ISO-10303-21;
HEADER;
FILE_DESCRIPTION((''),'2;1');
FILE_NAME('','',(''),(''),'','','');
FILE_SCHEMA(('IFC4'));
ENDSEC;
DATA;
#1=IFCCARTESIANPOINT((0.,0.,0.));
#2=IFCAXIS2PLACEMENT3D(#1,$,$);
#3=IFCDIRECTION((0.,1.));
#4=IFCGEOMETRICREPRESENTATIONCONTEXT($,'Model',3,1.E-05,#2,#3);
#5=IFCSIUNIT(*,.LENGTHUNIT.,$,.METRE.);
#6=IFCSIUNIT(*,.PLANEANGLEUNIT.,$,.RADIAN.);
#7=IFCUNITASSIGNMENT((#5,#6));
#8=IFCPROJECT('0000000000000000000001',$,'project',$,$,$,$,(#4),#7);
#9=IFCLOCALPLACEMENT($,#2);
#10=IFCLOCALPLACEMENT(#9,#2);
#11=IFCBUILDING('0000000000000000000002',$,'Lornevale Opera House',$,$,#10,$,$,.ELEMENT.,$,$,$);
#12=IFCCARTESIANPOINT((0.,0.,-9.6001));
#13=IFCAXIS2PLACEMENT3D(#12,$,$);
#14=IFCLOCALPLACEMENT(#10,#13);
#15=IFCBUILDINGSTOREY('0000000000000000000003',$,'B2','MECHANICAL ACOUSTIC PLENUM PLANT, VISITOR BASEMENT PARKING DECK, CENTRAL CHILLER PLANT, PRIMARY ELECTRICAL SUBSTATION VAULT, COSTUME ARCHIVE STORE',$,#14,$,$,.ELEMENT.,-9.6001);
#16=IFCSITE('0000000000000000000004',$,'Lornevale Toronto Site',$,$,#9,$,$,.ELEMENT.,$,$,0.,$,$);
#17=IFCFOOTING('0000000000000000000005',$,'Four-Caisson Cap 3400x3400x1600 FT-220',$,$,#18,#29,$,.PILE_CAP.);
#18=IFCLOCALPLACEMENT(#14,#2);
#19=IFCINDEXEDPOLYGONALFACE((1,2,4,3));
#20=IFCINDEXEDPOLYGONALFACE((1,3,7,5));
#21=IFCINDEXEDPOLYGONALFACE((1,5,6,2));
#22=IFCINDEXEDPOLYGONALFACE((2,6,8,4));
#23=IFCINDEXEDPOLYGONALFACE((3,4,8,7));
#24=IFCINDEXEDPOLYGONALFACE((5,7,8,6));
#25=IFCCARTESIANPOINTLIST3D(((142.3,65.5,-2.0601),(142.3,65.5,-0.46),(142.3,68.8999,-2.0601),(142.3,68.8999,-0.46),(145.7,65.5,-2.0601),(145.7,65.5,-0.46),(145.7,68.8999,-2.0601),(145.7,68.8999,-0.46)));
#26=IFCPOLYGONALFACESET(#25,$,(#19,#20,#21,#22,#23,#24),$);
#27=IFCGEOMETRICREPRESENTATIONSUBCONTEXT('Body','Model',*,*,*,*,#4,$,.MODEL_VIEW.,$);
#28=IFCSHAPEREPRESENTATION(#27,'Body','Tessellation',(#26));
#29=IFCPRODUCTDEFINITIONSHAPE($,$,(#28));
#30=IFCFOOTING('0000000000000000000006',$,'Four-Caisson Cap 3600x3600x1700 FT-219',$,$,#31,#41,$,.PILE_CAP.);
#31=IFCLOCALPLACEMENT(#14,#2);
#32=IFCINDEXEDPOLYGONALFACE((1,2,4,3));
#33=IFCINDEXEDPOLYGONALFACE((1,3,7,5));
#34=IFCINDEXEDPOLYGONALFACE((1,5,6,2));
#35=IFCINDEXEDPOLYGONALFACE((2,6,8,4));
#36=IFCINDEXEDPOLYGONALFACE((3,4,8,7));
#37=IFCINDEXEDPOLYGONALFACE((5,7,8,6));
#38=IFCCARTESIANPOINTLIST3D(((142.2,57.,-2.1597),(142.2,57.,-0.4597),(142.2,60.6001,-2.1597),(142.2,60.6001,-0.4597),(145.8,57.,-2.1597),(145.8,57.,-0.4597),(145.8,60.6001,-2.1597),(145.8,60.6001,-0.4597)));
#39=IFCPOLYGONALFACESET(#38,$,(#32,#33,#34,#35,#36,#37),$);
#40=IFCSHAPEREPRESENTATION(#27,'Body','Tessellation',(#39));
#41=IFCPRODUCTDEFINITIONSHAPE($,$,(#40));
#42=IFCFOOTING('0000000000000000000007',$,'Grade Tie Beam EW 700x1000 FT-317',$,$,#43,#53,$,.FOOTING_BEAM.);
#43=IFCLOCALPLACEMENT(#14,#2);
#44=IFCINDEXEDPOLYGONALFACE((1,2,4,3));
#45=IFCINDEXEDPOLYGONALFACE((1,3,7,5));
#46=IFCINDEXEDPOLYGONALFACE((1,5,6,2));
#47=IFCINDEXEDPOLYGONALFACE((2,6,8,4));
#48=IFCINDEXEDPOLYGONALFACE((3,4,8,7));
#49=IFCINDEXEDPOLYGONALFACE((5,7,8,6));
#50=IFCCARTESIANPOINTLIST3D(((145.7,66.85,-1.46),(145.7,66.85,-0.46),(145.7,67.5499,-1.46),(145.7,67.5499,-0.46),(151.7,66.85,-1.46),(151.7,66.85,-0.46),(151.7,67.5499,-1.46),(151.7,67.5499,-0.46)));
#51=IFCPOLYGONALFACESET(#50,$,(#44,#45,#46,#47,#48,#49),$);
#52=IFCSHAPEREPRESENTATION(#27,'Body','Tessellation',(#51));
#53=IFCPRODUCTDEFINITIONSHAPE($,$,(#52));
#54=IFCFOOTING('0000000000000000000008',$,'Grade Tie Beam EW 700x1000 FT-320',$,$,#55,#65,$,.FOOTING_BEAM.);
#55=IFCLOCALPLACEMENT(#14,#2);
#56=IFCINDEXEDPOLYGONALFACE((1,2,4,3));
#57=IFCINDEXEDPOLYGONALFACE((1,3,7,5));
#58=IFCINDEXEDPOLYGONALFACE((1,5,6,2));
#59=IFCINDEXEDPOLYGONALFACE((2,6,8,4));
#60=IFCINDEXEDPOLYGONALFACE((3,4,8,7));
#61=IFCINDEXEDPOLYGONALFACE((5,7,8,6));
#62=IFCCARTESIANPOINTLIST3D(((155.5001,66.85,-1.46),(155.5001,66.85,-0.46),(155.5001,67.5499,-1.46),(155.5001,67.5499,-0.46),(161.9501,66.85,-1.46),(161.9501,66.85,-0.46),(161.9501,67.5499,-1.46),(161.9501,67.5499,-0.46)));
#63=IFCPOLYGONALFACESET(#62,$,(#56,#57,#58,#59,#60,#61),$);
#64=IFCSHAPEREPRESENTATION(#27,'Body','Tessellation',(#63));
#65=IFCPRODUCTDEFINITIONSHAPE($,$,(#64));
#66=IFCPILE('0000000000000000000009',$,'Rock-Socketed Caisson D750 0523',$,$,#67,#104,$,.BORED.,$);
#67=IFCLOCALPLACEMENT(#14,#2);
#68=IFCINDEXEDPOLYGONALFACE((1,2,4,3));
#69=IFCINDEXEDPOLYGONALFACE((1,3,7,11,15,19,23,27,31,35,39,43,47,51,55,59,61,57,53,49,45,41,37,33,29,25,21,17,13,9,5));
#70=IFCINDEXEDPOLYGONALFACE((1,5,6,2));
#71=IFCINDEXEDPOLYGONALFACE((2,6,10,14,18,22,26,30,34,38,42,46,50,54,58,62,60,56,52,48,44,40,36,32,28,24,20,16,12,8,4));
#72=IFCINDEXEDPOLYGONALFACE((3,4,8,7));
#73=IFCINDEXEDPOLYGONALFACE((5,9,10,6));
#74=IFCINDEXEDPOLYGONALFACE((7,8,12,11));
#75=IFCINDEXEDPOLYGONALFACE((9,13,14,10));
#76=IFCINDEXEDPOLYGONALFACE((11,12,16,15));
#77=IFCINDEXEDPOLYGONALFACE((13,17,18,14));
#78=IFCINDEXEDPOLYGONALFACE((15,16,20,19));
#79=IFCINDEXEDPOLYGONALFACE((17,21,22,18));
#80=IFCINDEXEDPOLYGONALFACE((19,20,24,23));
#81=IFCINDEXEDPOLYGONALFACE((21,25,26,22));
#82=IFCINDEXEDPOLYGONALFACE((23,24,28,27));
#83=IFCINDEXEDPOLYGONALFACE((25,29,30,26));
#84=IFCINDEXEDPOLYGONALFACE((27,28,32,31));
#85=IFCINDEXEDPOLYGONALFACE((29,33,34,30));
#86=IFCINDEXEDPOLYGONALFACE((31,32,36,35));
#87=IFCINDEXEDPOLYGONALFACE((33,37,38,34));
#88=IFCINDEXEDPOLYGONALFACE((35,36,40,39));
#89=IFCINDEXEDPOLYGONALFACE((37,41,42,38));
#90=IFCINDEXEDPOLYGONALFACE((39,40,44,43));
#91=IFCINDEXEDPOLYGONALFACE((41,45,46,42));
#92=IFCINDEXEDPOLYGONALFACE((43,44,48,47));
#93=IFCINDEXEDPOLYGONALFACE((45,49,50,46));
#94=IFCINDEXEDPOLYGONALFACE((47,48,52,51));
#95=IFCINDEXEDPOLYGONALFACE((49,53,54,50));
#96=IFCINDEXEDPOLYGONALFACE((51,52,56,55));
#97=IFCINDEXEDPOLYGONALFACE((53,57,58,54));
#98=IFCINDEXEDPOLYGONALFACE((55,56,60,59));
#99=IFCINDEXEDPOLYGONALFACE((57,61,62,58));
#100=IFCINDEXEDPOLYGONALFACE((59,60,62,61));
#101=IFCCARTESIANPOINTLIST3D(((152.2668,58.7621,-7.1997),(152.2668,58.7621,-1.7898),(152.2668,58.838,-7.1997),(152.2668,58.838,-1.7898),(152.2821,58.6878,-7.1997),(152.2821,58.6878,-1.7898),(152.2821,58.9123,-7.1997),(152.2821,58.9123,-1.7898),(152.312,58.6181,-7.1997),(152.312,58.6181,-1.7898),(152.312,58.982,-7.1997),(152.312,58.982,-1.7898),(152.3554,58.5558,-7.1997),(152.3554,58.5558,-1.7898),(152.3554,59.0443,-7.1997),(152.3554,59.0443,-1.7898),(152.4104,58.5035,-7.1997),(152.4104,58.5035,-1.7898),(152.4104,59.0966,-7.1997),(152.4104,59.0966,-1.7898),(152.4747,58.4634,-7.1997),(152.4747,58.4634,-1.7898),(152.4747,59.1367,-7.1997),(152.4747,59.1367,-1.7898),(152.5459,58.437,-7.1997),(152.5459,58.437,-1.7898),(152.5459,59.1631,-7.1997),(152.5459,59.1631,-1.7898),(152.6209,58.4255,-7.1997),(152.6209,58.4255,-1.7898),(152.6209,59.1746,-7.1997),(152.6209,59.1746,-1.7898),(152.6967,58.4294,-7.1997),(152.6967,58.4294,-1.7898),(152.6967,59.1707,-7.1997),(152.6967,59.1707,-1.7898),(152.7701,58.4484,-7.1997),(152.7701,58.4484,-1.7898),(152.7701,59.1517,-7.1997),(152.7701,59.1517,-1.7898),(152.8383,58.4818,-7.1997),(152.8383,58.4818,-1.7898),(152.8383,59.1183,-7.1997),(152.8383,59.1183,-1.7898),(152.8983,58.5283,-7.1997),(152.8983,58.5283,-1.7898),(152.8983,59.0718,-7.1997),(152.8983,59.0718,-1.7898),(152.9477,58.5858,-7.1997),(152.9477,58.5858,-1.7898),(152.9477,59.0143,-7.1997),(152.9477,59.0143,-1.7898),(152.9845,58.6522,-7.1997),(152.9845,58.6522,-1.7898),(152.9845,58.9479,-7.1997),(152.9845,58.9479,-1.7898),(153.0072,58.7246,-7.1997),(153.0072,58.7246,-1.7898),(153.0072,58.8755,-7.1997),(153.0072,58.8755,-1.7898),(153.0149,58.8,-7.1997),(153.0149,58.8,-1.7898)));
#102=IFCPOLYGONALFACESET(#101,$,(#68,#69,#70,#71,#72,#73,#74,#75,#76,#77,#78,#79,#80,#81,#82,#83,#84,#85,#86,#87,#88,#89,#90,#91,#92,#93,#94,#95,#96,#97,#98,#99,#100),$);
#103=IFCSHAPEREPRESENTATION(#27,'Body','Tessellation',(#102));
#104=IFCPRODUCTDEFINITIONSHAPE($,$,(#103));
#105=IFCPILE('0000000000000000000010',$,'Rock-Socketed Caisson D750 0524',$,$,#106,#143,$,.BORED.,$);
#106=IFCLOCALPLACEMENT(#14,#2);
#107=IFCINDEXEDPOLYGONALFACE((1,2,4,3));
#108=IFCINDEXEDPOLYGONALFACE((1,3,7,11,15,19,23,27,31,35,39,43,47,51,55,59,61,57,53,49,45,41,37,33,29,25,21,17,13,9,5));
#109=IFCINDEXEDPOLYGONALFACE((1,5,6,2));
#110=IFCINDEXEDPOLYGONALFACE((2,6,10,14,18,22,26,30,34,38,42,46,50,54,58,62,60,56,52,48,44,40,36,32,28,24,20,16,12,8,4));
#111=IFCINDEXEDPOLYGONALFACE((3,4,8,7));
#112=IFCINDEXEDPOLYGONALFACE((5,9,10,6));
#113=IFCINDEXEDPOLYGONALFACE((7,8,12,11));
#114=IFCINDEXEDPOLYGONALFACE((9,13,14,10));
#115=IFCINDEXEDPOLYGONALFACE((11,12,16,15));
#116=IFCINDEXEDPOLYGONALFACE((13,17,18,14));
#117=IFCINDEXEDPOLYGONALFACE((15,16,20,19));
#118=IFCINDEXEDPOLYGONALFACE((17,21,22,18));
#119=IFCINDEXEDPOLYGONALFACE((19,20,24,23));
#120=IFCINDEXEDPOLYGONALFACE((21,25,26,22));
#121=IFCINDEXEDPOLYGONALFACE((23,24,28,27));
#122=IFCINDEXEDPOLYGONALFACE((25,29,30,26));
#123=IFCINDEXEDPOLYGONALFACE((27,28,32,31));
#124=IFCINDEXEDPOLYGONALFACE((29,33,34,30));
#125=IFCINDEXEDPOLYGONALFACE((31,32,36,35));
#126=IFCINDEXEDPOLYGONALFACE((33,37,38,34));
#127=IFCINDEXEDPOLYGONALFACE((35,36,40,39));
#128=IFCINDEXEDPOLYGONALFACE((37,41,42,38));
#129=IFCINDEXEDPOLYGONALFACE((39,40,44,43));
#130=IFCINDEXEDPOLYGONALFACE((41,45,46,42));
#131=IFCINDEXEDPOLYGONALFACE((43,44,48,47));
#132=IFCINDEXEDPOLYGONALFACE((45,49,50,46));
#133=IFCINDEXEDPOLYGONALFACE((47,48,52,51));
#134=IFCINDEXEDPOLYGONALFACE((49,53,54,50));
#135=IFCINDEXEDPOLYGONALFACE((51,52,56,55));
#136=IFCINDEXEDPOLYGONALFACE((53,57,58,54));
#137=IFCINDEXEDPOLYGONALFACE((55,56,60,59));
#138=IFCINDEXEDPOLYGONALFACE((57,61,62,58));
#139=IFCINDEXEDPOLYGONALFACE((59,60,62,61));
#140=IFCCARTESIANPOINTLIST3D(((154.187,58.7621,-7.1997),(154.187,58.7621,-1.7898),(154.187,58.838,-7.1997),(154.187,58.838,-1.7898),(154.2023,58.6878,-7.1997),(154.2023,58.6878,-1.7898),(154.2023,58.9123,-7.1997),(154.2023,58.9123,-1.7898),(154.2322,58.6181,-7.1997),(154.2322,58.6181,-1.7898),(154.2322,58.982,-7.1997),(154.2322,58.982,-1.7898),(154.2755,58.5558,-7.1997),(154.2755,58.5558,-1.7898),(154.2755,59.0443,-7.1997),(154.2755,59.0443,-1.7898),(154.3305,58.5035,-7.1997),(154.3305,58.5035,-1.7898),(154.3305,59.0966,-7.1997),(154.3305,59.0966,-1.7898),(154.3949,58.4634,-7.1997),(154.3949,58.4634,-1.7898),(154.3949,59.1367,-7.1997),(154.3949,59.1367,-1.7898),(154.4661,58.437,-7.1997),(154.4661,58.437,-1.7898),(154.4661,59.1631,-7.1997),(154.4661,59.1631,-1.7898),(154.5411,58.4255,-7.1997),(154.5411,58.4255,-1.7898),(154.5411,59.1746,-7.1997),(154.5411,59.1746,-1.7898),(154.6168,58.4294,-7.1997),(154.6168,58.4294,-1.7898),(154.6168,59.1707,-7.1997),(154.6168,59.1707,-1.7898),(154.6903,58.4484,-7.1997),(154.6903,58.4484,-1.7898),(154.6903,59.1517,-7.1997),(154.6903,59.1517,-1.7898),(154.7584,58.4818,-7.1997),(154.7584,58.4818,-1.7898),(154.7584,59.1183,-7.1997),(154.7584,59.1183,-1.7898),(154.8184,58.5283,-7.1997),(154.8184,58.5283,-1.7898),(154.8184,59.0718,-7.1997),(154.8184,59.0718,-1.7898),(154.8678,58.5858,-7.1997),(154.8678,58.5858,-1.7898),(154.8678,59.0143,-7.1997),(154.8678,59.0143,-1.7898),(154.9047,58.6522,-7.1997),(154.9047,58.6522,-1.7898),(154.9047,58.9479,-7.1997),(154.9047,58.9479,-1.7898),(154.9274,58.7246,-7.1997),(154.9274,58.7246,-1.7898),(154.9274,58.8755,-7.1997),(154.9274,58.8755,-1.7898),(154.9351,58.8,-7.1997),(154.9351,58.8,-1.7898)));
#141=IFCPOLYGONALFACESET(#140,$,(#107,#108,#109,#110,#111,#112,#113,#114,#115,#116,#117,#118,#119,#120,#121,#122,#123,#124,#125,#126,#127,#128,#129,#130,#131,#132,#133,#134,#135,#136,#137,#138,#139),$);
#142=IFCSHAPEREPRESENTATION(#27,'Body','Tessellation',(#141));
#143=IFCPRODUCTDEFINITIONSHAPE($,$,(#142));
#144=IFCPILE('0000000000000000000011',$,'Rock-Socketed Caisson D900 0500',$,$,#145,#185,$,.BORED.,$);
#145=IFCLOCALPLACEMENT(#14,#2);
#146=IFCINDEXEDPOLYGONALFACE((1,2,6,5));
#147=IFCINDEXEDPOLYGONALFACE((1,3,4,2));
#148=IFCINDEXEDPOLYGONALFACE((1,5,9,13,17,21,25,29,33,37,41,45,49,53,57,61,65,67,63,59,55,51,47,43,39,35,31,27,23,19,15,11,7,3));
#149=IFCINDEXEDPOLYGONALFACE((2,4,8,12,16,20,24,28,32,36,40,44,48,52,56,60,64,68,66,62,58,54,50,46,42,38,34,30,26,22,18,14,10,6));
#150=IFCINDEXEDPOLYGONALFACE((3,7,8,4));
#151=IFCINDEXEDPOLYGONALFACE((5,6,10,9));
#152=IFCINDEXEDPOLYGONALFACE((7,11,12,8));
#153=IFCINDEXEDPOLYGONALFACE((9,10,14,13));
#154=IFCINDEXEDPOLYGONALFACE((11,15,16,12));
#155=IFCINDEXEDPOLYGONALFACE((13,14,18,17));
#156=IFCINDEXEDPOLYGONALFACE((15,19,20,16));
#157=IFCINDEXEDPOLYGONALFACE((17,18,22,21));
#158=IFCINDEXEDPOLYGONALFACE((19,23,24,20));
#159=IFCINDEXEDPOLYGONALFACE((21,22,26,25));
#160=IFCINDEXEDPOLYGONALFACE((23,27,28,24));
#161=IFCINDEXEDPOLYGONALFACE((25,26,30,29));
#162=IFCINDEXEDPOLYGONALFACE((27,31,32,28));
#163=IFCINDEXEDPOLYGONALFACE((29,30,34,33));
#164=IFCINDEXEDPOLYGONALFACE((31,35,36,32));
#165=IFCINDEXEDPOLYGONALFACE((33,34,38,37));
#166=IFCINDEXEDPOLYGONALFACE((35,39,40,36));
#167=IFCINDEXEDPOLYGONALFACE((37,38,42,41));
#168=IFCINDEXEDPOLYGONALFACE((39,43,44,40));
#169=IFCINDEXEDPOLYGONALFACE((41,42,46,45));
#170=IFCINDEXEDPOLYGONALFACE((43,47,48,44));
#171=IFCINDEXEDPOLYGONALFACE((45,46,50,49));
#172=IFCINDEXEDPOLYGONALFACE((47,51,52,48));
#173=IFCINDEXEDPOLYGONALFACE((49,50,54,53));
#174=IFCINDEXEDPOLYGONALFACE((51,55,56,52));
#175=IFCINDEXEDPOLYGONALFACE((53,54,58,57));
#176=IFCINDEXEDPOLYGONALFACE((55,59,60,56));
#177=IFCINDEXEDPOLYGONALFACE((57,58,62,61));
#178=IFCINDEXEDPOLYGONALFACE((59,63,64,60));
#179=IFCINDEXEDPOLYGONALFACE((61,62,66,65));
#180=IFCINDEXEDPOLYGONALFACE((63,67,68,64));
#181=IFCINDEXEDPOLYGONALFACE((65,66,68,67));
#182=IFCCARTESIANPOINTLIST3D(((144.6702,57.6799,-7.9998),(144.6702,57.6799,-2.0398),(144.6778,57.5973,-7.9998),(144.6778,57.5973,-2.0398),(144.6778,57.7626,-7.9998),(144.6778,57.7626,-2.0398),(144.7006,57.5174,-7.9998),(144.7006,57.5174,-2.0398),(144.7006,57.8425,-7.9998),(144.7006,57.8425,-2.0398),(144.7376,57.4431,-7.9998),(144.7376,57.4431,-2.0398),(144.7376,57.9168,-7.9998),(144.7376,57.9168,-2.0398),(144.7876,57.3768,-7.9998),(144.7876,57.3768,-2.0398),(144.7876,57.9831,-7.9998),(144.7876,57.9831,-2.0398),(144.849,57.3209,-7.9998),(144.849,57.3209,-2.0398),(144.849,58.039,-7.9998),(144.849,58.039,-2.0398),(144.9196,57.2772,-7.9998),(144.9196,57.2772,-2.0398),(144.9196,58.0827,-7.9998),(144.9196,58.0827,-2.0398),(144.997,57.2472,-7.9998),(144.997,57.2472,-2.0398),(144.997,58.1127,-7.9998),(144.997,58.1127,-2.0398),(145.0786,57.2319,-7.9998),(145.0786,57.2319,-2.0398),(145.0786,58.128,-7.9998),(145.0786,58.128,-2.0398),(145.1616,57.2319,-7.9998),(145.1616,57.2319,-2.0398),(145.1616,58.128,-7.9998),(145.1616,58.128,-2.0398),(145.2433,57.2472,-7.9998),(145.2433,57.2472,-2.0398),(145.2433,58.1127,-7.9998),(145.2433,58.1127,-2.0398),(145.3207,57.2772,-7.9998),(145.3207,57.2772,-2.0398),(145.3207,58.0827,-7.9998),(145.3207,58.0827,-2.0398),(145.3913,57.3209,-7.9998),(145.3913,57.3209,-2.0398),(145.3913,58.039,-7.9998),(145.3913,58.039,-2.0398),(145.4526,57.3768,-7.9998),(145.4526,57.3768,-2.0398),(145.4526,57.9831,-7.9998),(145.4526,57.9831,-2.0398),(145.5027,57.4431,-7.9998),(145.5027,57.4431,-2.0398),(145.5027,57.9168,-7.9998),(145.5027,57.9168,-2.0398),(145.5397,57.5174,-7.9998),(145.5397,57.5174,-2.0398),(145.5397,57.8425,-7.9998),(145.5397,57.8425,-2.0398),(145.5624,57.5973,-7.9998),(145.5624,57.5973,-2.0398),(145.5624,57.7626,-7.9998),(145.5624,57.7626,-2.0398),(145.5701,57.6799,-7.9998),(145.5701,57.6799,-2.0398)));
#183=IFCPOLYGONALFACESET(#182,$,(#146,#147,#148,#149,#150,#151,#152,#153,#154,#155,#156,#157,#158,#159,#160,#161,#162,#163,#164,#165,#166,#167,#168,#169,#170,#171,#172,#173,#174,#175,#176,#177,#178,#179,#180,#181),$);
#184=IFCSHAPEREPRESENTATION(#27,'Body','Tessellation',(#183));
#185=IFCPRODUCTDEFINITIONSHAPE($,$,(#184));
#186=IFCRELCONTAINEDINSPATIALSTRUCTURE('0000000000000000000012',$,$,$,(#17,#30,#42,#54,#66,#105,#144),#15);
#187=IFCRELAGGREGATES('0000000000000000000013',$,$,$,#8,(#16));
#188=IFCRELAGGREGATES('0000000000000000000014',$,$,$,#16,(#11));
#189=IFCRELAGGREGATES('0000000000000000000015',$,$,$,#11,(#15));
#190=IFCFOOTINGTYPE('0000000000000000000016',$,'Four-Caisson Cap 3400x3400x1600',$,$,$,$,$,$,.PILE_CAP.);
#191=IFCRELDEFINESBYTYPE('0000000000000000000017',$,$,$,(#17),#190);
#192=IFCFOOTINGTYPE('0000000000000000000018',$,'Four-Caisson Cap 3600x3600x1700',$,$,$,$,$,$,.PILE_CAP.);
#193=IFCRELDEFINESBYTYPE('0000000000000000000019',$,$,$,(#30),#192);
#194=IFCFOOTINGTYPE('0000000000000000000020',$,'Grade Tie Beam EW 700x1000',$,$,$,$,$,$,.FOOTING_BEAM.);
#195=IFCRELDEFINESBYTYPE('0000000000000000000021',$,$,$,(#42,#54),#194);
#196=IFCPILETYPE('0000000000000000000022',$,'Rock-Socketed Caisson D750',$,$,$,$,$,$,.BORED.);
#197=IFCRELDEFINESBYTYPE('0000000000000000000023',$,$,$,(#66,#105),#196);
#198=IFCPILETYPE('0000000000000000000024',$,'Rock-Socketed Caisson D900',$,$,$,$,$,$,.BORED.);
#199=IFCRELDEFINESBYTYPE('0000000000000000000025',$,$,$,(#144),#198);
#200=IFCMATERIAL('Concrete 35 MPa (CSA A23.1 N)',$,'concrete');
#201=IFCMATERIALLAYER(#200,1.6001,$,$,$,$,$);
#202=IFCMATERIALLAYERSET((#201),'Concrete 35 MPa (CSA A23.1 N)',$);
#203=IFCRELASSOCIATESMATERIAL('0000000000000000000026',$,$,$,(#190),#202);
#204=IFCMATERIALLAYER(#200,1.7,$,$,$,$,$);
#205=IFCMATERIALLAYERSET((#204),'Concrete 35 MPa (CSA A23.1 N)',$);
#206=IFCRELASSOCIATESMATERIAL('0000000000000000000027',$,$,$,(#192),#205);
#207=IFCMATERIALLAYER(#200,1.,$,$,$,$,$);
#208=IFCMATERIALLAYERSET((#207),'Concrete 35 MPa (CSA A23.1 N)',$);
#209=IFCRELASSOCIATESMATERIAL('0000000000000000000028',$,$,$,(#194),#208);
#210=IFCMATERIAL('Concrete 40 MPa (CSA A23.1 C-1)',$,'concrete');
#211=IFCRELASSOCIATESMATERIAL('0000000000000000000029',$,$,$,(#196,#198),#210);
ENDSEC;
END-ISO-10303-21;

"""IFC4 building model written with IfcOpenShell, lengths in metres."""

from ifc_helpers import new_model, si_unit, direction, frame, origin, origin_2d, place, context, subcontext, project, spatial, rectangle, circle, extrude, material, layer, layer_set, material_profile, profile_set, type_object, element, save


model = new_model("IFC4")

# Units and contexts
model_context = context("Model", 3, precision=1e-05, world=origin(), true_north=direction((0.0, 1.0)))
body_context = subcontext(model_context, "Body", "Model", "MODEL_VIEW")
ifc_project = project(units=[si_unit("LENGTHUNIT", "METRE"), si_unit("PLANEANGLEUNIT", "RADIAN")], contexts=[model_context])

# Site, building, storey
site_placement = place(None, origin())
site = spatial("IfcSite", under=ifc_project, at=site_placement, Name="Lornevale Toronto Site", CompositionType="ELEMENT", RefElevation=0.0)
building_placement = place(site_placement, origin())
building = spatial("IfcBuilding", under=site, at=building_placement, Name="Lornevale Opera House", CompositionType="ELEMENT")
storey_placement = place(building_placement, frame((0.0, 0.0, -9.6001)))
storey = spatial("IfcBuildingStorey", under=building, at=storey_placement, Name="B2", Description="MECHANICAL ACOUSTIC PLENUM PLANT, VISITOR BASEMENT PARKING DECK, CENTRAL CHILLER PLANT, PRIMARY ELECTRICAL SUBSTATION VAULT, COSTUME ARCHIVE STORE", CompositionType="ELEMENT", Elevation=-9.6001)

# Footings
ifc_material_1 = material(Name="Concrete 35 MPa (CSA A23.1 N)", Category="concrete")
ifc_layer_1 = layer(ifc_material_1, 1.6001)
ifc_layer_set_1 = layer_set([ifc_layer_1], Name="Concrete 35 MPa (CSA A23.1 N)")
footing_type_1 = type_object("IfcFootingType", Name="Four-Caisson Cap 3400x3400x1600", PredefinedType="PILE_CAP", material=ifc_layer_set_1)
footing_1_placement = place(storey_placement, frame((144.0, 67.2, -2.0601), z_axis=(0.0, 0.0, 1.0), x_axis=(1.0, 0.0, 0.0)))
element("IfcFooting", 1, at=footing_1_placement, inside=storey, type_object=footing_type_1, Name="Four-Caisson Cap 3400x3400x1600 FT-220", PredefinedType="PILE_CAP", context=body_context, shape_type="SweptSolid", body=[
    extrude(rectangle(XDim=3.3999, YDim=3.3999, at=origin_2d()), origin(), (0.0, 0.0, 1.0), 1.6001),
])
ifc_layer_2 = layer(ifc_material_1, 1.7)
ifc_layer_set_2 = layer_set([ifc_layer_2], Name="Concrete 35 MPa (CSA A23.1 N)")
footing_type_2 = type_object("IfcFootingType", Name="Four-Caisson Cap 3600x3600x1700", PredefinedType="PILE_CAP", material=ifc_layer_set_2)
footing_2_placement = place(storey_placement, frame((144.0, 58.8, -2.1597), z_axis=(0.0, 0.0, 1.0), x_axis=(1.0, 0.0, 0.0)))
element("IfcFooting", 2, at=footing_2_placement, inside=storey, type_object=footing_type_2, Name="Four-Caisson Cap 3600x3600x1700 FT-219", PredefinedType="PILE_CAP", context=body_context, shape_type="SweptSolid", body=[
    extrude(rectangle(XDim=3.6001, YDim=3.6001, at=origin_2d()), origin(), (0.0, 0.0, 1.0), 1.7),
])
ifc_layer_3 = layer(ifc_material_1, 1.0)
ifc_layer_set_3 = layer_set([ifc_layer_3], Name="Concrete 35 MPa (CSA A23.1 N)")
footing_type_3 = type_object("IfcFootingType", Name="Grade Tie Beam EW 700x1000", PredefinedType="FOOTING_BEAM", material=ifc_layer_set_3)
footing_3_placement = place(storey_placement, frame((148.7, 67.2, -1.46), z_axis=(0.0, 0.0, 1.0), x_axis=(1.0, 0.0, 0.0)))
element("IfcFooting", 3, at=footing_3_placement, inside=storey, type_object=footing_type_3, Name="Grade Tie Beam EW 700x1000 FT-317", PredefinedType="FOOTING_BEAM", context=body_context, shape_type="SweptSolid", body=[
    extrude(rectangle(XDim=6.0, YDim=0.7, at=origin_2d()), origin(), (0.0, 0.0, 1.0), 1.0),
])
footing_4_placement = place(storey_placement, frame((158.7251, 67.2, -1.46), z_axis=(0.0, 0.0, 1.0), x_axis=(1.0, 0.0, 0.0)))
element("IfcFooting", 4, at=footing_4_placement, inside=storey, type_object=footing_type_3, Name="Grade Tie Beam EW 700x1000 FT-320", PredefinedType="FOOTING_BEAM", context=body_context, shape_type="SweptSolid", body=[
    extrude(rectangle(XDim=6.45, YDim=0.7, at=origin_2d()), origin(), (0.0, 0.0, 1.0), 1.0),
])

# Piles
ifc_material_2 = material(Name="Concrete 40 MPa (CSA A23.1 C-1)", Category="concrete")
ifc_material_profile_1 = material_profile(ifc_material_2, circle(Radius=0.375, at=origin_2d()), Name="CAIS750")
ifc_profile_set_1 = profile_set([ifc_material_profile_1], Name="Concrete 40 MPa (CSA A23.1 C-1)")
pile_type_1 = type_object("IfcPileType", Name="Rock-Socketed Caisson D750", PredefinedType="BORED", material=ifc_profile_set_1)
for number, where, z_axis, x_axis, name in (
    (5, (152.6399, 58.8, -1.7898), (0.0, 0.0, -1.0), (1.0, 0.0, 0.0), "Rock-Socketed Caisson D750 0523"),
    (6, (154.5601, 58.8, -1.7898), (0.0, 0.0, -1.0), (1.0, 0.0, 0.0), "Rock-Socketed Caisson D750 0524"),
):
    element("IfcPile", number, at=place(storey_placement, frame(where, z_axis=z_axis, x_axis=x_axis)), inside=storey, type_object=pile_type_1, Name=name, PredefinedType="BORED", context=body_context, shape_type="SweptSolid", body=[
        extrude(circle(Radius=0.375, at=origin_2d()), origin(), (0.0, 0.0, 1.0), 5.4099),
    ])
ifc_material_profile_2 = material_profile(ifc_material_2, circle(Radius=0.45, at=origin_2d()), Name="CAIS900")
ifc_profile_set_2 = profile_set([ifc_material_profile_2], Name="Concrete 40 MPa (CSA A23.1 C-1)")
pile_type_2 = type_object("IfcPileType", Name="Rock-Socketed Caisson D900", PredefinedType="BORED", material=ifc_profile_set_2)
for number, where, z_axis, x_axis, name in (
    (7, (145.1201, 57.6799, -2.0398), (0.0, 0.0, -1.0), (1.0, 0.0, 0.0), "Rock-Socketed Caisson D900 0500"),
):
    element("IfcPile", number, at=place(storey_placement, frame(where, z_axis=z_axis, x_axis=x_axis)), inside=storey, type_object=pile_type_2, Name=name, PredefinedType="BORED", context=body_context, shape_type="SweptSolid", body=[
        extrude(circle(Radius=0.45, at=origin_2d()), origin(), (0.0, 0.0, 1.0), 5.96),
    ])

save(model, "model.ifc")
